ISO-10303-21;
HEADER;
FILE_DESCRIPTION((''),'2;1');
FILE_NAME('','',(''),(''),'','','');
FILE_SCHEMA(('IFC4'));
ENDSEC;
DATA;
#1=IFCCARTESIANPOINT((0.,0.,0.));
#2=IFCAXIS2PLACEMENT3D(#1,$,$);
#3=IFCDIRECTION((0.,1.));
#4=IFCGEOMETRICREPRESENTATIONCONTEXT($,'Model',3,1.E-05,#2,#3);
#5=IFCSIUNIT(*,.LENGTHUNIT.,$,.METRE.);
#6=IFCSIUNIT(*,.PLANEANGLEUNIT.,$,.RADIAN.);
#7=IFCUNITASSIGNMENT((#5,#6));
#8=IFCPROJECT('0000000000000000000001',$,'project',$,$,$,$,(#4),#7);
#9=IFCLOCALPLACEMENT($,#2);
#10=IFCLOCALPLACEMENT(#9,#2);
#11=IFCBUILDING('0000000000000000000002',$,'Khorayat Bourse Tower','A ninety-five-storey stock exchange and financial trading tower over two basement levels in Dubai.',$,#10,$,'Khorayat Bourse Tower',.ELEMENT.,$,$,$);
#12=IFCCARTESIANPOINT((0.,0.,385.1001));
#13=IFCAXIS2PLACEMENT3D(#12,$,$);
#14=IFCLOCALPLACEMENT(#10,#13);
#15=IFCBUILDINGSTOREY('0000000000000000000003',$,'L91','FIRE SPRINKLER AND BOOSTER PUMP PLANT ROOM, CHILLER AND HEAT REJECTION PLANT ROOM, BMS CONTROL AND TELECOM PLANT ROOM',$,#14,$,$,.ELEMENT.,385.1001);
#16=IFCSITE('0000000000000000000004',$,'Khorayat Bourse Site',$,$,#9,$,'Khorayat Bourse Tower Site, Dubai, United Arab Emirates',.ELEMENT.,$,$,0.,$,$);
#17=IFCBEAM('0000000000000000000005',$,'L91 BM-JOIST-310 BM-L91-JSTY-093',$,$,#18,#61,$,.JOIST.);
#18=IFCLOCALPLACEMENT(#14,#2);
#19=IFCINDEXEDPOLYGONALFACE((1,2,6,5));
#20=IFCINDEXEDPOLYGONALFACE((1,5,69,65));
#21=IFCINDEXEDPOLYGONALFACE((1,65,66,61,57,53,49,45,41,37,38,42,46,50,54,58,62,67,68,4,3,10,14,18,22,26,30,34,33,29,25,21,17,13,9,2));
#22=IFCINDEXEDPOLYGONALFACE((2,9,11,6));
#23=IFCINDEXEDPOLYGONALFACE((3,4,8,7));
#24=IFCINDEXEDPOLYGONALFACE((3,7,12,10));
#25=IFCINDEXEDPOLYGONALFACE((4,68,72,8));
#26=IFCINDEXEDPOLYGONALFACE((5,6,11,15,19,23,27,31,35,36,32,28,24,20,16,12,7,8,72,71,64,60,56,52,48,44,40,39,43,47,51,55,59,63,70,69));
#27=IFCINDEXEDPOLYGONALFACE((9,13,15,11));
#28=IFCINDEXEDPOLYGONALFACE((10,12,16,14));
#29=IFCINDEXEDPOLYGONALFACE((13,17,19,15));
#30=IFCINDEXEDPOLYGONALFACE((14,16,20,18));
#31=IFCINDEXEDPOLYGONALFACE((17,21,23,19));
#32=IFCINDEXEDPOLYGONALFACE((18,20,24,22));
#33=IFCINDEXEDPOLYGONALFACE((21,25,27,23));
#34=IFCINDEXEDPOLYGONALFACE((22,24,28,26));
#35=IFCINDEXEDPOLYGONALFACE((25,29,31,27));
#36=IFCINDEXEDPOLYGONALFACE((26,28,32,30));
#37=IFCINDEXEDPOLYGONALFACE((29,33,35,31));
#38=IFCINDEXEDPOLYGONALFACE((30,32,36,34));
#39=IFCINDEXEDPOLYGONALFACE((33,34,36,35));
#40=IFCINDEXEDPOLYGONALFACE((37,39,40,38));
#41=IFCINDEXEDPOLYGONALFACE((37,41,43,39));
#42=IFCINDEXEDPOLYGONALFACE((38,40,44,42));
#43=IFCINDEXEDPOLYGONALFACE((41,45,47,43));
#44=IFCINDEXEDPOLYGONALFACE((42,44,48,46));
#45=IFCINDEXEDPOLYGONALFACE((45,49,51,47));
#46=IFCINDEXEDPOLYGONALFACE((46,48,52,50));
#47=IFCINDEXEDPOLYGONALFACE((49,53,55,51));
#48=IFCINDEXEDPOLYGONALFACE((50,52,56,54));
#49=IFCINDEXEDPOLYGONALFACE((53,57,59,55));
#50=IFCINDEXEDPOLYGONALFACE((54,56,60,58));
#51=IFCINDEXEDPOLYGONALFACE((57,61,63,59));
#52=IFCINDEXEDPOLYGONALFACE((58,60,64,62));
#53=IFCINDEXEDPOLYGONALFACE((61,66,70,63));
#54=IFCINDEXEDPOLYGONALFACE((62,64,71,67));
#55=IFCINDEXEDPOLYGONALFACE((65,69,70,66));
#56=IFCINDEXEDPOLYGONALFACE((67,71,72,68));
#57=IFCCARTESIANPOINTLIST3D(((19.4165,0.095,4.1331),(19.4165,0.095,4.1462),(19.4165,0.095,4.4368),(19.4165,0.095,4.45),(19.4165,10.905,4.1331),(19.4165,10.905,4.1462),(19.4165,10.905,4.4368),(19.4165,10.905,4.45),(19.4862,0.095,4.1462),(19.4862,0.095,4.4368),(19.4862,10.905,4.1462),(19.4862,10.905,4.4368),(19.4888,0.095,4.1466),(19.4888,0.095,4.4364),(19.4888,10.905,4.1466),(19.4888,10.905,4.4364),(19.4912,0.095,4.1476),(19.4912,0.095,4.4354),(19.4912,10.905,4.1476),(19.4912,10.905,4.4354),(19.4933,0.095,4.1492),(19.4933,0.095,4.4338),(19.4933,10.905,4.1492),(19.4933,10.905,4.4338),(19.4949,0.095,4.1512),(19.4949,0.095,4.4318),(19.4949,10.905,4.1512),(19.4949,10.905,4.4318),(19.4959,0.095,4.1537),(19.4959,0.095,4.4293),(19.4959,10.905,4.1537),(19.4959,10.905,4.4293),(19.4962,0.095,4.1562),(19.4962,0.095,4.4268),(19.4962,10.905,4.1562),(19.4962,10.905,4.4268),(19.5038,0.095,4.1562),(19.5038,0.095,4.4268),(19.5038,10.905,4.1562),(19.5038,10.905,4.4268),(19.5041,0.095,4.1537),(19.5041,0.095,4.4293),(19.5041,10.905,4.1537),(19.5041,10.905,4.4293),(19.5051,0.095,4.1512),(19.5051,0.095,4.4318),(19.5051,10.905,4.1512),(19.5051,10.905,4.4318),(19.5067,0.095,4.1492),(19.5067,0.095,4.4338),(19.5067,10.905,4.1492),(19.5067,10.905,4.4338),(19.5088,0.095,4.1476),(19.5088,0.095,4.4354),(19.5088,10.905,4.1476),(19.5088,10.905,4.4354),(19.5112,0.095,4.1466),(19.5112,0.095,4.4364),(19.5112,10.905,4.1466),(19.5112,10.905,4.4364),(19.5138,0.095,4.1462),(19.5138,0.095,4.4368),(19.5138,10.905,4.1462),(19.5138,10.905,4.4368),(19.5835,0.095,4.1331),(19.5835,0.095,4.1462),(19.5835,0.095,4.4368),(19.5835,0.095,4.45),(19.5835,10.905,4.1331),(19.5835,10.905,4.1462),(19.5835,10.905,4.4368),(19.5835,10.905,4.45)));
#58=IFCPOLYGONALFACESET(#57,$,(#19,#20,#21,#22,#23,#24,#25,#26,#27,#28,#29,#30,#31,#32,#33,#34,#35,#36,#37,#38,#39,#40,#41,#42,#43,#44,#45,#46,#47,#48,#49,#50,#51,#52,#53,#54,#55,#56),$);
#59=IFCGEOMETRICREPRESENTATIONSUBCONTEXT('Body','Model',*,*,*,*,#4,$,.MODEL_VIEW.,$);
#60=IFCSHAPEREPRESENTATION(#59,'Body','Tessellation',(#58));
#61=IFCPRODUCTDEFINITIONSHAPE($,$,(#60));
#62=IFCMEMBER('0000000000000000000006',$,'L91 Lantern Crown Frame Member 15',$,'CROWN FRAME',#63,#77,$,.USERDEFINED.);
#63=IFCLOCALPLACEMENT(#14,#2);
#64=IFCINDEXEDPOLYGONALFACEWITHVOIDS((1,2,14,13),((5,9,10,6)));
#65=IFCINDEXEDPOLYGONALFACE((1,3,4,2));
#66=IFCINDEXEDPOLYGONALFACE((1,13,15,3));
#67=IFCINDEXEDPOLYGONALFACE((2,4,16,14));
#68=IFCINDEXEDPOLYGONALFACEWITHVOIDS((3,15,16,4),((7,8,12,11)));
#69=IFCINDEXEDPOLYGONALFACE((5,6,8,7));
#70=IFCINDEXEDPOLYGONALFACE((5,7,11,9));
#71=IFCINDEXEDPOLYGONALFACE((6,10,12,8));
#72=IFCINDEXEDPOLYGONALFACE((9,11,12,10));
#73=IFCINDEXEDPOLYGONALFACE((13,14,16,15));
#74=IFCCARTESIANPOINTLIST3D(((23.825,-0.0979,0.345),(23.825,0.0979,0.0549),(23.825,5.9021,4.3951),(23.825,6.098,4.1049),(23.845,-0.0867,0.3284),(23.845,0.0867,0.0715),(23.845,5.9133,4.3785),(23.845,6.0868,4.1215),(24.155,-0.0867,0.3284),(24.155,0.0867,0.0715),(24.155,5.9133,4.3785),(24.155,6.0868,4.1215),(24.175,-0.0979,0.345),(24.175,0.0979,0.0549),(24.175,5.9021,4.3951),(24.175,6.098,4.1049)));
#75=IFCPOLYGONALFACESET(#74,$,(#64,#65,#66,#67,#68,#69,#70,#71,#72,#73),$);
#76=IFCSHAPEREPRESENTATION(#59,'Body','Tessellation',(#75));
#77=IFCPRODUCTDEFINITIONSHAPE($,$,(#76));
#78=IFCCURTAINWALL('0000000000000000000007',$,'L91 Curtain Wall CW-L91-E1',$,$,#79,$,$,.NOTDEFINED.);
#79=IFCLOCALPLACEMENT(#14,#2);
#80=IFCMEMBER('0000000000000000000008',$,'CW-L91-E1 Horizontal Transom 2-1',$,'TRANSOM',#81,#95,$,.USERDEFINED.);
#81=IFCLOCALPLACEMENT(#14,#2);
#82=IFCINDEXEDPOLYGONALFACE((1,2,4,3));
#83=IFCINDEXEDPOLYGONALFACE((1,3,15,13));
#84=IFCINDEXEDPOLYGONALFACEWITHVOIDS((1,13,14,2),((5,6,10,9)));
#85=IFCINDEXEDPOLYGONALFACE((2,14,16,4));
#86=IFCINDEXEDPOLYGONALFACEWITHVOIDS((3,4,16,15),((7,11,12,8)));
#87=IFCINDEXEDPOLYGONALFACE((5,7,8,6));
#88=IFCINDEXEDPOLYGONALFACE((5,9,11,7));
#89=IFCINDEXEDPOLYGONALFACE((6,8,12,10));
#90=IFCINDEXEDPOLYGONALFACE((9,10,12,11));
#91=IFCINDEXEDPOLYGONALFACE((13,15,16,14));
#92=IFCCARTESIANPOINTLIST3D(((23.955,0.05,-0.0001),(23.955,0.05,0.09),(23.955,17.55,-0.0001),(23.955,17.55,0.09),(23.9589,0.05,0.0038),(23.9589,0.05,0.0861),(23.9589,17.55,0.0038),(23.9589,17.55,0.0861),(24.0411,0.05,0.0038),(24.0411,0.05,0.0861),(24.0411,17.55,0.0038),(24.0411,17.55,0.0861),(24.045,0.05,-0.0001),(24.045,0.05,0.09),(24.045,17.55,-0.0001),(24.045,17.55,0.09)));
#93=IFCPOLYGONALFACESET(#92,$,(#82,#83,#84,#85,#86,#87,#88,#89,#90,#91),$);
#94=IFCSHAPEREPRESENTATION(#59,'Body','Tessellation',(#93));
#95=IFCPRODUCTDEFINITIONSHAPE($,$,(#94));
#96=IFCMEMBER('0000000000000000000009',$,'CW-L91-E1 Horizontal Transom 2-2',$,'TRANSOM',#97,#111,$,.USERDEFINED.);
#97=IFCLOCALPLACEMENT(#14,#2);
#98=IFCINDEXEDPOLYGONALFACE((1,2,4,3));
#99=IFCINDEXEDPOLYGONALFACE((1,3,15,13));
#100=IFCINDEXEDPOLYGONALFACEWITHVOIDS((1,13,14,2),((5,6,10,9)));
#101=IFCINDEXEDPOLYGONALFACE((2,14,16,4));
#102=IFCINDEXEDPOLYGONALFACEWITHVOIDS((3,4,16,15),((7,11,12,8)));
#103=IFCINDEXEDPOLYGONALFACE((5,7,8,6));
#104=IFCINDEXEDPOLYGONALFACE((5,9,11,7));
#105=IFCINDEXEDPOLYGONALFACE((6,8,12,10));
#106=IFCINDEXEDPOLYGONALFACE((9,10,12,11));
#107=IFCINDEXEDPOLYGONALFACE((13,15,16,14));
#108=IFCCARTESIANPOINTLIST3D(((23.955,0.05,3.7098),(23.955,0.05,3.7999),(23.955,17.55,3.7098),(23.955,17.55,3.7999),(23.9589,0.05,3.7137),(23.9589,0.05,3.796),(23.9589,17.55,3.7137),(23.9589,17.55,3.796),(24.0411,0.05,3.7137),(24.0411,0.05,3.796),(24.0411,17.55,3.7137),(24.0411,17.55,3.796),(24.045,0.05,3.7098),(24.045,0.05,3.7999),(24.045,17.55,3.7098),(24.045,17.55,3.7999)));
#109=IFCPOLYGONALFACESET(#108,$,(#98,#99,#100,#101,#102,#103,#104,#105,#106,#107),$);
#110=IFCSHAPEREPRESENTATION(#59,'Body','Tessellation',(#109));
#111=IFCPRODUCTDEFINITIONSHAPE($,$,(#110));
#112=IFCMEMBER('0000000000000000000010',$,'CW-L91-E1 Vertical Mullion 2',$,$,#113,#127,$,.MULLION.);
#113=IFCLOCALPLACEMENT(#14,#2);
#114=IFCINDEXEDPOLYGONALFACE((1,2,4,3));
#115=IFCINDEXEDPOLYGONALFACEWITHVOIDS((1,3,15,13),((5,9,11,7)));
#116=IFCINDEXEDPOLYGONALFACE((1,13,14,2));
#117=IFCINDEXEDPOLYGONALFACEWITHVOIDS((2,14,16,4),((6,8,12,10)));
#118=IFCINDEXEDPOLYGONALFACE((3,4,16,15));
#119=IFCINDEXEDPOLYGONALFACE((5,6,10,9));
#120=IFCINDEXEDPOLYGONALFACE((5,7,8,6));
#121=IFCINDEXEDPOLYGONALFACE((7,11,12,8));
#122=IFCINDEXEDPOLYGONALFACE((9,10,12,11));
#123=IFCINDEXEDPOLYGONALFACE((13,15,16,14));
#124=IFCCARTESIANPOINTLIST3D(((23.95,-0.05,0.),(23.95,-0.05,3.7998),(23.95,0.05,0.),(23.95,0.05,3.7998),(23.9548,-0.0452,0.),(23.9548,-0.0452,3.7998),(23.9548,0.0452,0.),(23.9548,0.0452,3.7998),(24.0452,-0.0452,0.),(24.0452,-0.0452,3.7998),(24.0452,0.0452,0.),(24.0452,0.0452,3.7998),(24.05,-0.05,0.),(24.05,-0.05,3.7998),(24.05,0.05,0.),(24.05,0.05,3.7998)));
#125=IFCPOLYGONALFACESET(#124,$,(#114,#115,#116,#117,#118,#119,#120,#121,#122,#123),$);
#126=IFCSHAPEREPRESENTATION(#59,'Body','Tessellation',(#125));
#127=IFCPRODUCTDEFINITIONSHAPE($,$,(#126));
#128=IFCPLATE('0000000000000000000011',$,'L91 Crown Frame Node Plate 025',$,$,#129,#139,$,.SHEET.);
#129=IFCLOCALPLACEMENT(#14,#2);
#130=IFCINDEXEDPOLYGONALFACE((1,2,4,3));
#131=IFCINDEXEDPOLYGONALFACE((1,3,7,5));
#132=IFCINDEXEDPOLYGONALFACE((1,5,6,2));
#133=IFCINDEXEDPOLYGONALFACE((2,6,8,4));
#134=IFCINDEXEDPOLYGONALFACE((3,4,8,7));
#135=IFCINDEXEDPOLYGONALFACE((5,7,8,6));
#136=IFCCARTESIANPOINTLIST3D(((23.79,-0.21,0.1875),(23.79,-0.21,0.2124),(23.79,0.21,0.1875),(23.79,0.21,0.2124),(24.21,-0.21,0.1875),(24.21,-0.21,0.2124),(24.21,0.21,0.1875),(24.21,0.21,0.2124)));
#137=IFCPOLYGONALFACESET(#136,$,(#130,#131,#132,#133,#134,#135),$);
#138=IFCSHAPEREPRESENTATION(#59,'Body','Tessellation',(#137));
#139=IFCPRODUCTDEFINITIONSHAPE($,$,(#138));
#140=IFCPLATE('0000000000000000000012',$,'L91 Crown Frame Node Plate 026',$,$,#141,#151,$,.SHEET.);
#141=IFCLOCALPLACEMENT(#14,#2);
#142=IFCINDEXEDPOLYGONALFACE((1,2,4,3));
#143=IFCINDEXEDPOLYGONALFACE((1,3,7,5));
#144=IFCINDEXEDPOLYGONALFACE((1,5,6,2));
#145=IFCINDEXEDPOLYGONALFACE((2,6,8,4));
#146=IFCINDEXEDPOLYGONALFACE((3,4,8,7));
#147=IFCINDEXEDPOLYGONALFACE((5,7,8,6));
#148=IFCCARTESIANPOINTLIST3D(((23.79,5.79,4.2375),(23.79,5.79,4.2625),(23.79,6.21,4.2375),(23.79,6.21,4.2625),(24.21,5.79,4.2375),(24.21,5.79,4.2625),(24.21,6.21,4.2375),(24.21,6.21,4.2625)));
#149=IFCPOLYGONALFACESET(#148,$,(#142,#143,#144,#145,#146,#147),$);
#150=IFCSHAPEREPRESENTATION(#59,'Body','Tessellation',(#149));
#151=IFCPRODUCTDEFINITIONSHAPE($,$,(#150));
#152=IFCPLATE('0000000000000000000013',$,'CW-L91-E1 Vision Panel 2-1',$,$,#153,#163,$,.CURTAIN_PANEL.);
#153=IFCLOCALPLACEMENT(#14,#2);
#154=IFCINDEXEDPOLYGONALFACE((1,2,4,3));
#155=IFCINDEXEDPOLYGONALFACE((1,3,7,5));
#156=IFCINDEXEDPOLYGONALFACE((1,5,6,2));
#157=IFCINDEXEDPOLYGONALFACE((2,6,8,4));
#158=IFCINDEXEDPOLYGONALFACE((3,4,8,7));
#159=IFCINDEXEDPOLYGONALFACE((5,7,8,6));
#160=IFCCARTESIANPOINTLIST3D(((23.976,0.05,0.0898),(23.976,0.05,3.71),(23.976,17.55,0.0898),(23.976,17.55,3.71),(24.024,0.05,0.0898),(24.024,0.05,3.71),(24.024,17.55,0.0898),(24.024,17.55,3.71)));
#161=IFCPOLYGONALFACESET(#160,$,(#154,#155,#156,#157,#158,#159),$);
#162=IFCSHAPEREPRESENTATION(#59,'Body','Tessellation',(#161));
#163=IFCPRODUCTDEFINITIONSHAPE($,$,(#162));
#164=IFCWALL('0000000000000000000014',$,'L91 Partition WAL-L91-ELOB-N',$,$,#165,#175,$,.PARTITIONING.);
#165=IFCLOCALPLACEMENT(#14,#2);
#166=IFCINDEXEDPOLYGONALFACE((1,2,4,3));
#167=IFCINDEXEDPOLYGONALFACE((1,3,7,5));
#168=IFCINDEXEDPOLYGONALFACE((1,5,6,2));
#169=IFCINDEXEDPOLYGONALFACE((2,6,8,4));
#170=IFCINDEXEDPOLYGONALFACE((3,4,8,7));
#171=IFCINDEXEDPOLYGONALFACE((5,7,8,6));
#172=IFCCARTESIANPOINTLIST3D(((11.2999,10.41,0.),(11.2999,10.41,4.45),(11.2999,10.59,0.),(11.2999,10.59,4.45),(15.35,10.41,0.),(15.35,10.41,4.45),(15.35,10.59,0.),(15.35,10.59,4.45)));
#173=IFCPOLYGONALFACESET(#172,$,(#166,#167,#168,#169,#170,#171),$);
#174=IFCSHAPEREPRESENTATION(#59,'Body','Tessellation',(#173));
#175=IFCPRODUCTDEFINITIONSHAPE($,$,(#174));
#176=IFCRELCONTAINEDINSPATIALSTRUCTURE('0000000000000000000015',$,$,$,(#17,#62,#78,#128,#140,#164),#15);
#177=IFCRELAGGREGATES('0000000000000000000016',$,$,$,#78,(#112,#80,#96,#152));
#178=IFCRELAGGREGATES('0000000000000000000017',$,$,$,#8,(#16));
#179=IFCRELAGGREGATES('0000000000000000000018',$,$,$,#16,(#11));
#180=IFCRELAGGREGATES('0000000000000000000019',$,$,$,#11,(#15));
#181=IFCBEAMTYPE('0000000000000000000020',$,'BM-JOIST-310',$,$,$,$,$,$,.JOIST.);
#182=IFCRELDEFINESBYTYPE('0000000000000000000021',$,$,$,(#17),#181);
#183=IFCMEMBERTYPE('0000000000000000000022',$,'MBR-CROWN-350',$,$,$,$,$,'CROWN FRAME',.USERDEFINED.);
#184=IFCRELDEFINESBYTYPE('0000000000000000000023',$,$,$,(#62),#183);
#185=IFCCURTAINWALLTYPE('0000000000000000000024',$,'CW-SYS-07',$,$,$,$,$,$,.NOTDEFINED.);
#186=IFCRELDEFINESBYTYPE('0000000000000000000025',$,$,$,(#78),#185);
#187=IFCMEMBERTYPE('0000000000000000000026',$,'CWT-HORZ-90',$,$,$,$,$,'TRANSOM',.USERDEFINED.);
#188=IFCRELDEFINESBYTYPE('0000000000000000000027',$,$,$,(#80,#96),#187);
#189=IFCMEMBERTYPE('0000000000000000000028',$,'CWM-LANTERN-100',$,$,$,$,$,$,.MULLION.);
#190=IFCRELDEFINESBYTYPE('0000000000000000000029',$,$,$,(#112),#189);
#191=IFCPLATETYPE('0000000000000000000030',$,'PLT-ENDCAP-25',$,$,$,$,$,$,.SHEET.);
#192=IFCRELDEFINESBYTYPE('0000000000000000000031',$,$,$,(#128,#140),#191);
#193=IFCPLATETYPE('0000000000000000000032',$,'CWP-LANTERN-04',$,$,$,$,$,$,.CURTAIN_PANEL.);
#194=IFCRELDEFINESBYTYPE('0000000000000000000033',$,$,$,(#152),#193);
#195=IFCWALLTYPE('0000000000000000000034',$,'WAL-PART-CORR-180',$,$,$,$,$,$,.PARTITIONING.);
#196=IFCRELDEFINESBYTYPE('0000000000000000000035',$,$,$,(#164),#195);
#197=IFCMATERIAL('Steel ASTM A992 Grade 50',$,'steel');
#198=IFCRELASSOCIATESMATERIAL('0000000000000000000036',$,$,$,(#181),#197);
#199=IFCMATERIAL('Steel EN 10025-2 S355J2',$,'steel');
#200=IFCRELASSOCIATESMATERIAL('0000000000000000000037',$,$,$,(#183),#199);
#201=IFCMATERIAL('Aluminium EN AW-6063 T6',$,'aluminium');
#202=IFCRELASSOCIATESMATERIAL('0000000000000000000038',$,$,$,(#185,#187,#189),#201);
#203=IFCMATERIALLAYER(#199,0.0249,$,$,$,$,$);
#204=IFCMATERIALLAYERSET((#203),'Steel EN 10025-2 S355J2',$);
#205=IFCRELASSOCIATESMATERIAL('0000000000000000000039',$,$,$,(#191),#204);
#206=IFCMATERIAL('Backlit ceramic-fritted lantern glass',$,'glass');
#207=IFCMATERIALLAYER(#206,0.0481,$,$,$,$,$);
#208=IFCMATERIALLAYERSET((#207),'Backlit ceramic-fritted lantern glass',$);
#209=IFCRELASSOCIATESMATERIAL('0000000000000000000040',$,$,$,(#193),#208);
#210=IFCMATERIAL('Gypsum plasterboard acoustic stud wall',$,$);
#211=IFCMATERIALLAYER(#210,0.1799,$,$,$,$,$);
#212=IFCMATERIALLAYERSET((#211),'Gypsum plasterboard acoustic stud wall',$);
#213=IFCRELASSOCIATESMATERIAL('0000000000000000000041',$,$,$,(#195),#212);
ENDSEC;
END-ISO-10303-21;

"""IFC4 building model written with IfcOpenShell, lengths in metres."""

from ifc_helpers import new_model, si_unit, direction, frame, frame_2d, origin, origin_2d, place, context, subcontext, project, spatial, rectangle, hollow_rectangle, i_section, extrude, source, transform, mapped, material, layer, layer_set, material_profile, profile_set, type_object, element, aggregate, save


model = new_model("IFC4")

# Units and contexts
model_context = context("Model", 3, precision=1e-05, world=origin(), true_north=direction((0.0, 1.0)))
body_context = subcontext(model_context, "Body", "Model", "MODEL_VIEW")
ifc_project = project(units=[si_unit("LENGTHUNIT", "METRE"), si_unit("PLANEANGLEUNIT", "RADIAN")], contexts=[model_context])

# Site, building, storey
site_placement = place(None, origin())
site = spatial("IfcSite", under=ifc_project, at=site_placement, Name="Khorayat Bourse Site", LongName="Khorayat Bourse Tower Site, Dubai, United Arab Emirates", CompositionType="ELEMENT", RefElevation=0.0)
building_placement = place(site_placement, origin())
building = spatial("IfcBuilding", under=site, at=building_placement, Name="Khorayat Bourse Tower", Description="A ninety-five-storey stock exchange and financial trading tower over two basement levels in Dubai.", LongName="Khorayat Bourse Tower", CompositionType="ELEMENT")
storey_placement = place(building_placement, frame((0.0, 0.0, 385.1001)))
storey = spatial("IfcBuildingStorey", under=building, at=storey_placement, Name="L91", Description="FIRE SPRINKLER AND BOOSTER PUMP PLANT ROOM, CHILLER AND HEAT REJECTION PLANT ROOM, BMS CONTROL AND TELECOM PLANT ROOM", CompositionType="ELEMENT", Elevation=385.1001)

# Shared definitions
ifc_material_1 = material(Name="Steel EN 10025-2 S355J2", Category="steel")

# Beam
ifc_material_2 = material(Name="Steel ASTM A992 Grade 50", Category="steel")
ifc_material_profile_1 = material_profile(ifc_material_2, i_section(OverallWidth=0.167, OverallDepth=0.3169, WebThickness=0.0076, FlangeThickness=0.0132, FilletRadius=0.01, at=origin_2d()), Name="W310X52")
ifc_profile_set_1 = profile_set([ifc_material_profile_1], Name="Steel ASTM A992 Grade 50")
beam_type_1 = type_object("IfcBeamType", Name="BM-JOIST-310", PredefinedType="JOIST", material=ifc_profile_set_1)
shared_shape_1 = source(origin(), body_context, "Body", "SweptSolid", [
    extrude(i_section(OverallWidth=0.167, OverallDepth=0.3169, WebThickness=0.0076, FlangeThickness=0.0132, FilletRadius=0.01, at=origin_2d()), origin(), (0.0, 0.0, 1.0), 10.8101),
])
beam_1_placement = place(storey_placement, frame((19.5, 0.095, 4.2915), z_axis=(0.0, 1.0, 0.0), x_axis=(-1.0, 0.0, 0.0)))
element("IfcBeam", 1, at=beam_1_placement, inside=storey, type_object=beam_type_1, Name="L91 BM-JOIST-310 BM-L91-JSTY-093", PredefinedType="JOIST", context=body_context, shape_type="MappedRepresentation", body=[
    mapped(shared_shape_1, transform((0.0, 0.0, 0.0), scale=1.0)),
])

# Member
ifc_material_profile_2 = material_profile(ifc_material_1, hollow_rectangle(XDim=0.3501, YDim=0.3501, WallThickness=0.02, at=origin_2d()), Name="HSS 350x350x20")
ifc_profile_set_2 = profile_set([ifc_material_profile_2], Name="Steel EN 10025-2 S355J2")
member_type_1 = type_object("IfcMemberType", Name="MBR-CROWN-350", ElementType="CROWN FRAME", PredefinedType="USERDEFINED", material=ifc_profile_set_2)
shared_shape_2 = source(origin(), body_context, "Body", "SweptSolid", [
    extrude(hollow_rectangle(XDim=0.3501, YDim=0.3501, WallThickness=0.02, at=origin_2d()), origin(), (0.0, 0.0, 1.0), 7.239),
])
member_1_placement = place(storey_placement, frame((24.0, 0.0, 0.2), z_axis=(0.0, 0.828846, 0.559477), x_axis=(-1.0, 0.0, 0.0)))
element("IfcMember", 2, at=member_1_placement, inside=storey, type_object=member_type_1, Name="L91 Lantern Crown Frame Member 15", ObjectType="CROWN FRAME", PredefinedType="USERDEFINED", context=body_context, shape_type="MappedRepresentation", body=[
    mapped(shared_shape_2, transform((0.0, 0.0, 0.0), scale=1.0)),
])

# Curtain wall, members
ifc_material_3 = material(Name="Aluminium EN AW-6063 T6", Category="aluminium")
curtain_wall_type = type_object("IfcCurtainWallType", Name="CW-SYS-07", PredefinedType="NOTDEFINED", material=ifc_material_3)
curtain_wall_placement = place(storey_placement, origin())
curtain_wall = element("IfcCurtainWall", 3, at=curtain_wall_placement, inside=storey, type_object=curtain_wall_type, Name="L91 Curtain Wall CW-L91-E1", PredefinedType="NOTDEFINED")
ifc_material_profile_3 = material_profile(ifc_material_3, hollow_rectangle(XDim=0.0901, YDim=0.0901, WallThickness=0.0039, at=origin_2d()), Name="ALU 90x90x4")
ifc_profile_set_3 = profile_set([ifc_material_profile_3], Name="Aluminium EN AW-6063 T6")
member_type_2 = type_object("IfcMemberType", Name="CWT-HORZ-90", ElementType="TRANSOM", PredefinedType="USERDEFINED", material=ifc_profile_set_3)
shared_shape_3 = source(origin(), body_context, "Body", "SweptSolid", [
    extrude(hollow_rectangle(XDim=0.0901, YDim=0.0901, WallThickness=0.0039, at=origin_2d()), origin(), (0.0, 0.0, 1.0), 17.5),
])
member_2_placement = place(storey_placement, frame((24.0, 0.05, 0.0449), z_axis=(0.0, 1.0, 0.0), x_axis=(-1.0, 0.0, 0.0)))
member_2 = element("IfcMember", 4, at=member_2_placement, type_object=member_type_2, Name="CW-L91-E1 Horizontal Transom 2-1", ObjectType="TRANSOM", PredefinedType="USERDEFINED", context=body_context, shape_type="MappedRepresentation", body=[
    mapped(shared_shape_3, transform((0.0, 0.0, 0.0), scale=1.0)),
])
member_3_placement = place(storey_placement, frame((24.0, 0.05, 3.7549), z_axis=(0.0, 1.0, 0.0), x_axis=(-1.0, 0.0, 0.0)))
member_3 = element("IfcMember", 5, at=member_3_placement, type_object=member_type_2, Name="CW-L91-E1 Horizontal Transom 2-2", ObjectType="TRANSOM", PredefinedType="USERDEFINED", context=body_context, shape_type="MappedRepresentation", body=[
    mapped(shared_shape_3, transform((0.0, 0.0, 0.0), scale=1.0)),
])
ifc_material_profile_4 = material_profile(ifc_material_3, hollow_rectangle(XDim=0.1001, YDim=0.1001, WallThickness=0.0049, at=origin_2d()), Name="ALU 100x100x5")
ifc_profile_set_4 = profile_set([ifc_material_profile_4], Name="Aluminium EN AW-6063 T6")
member_type_3 = type_object("IfcMemberType", Name="CWM-LANTERN-100", PredefinedType="MULLION", material=ifc_profile_set_4)
shared_shape_4 = source(origin(), body_context, "Body", "SweptSolid", [
    extrude(hollow_rectangle(XDim=0.1001, YDim=0.1001, WallThickness=0.0049, at=origin_2d()), origin(), (0.0, 0.0, 1.0), 3.7998),
])
member_4_placement = place(storey_placement, frame((24.0, 0.0, 0.0), z_axis=(0.0, 0.0, 1.0), x_axis=(-1.0, 0.0, 0.0)))
member_4 = element("IfcMember", 6, at=member_4_placement, type_object=member_type_3, Name="CW-L91-E1 Vertical Mullion 2", PredefinedType="MULLION", context=body_context, shape_type="MappedRepresentation", body=[
    mapped(shared_shape_4, transform((0.0, 0.0, 0.0), scale=1.0)),
])

# Plates
ifc_layer_1 = layer(ifc_material_1, 0.0249)
ifc_layer_set_1 = layer_set([ifc_layer_1], Name="Steel EN 10025-2 S355J2")
plate_type_1 = type_object("IfcPlateType", Name="PLT-ENDCAP-25", PredefinedType="SHEET", material=ifc_layer_set_1)
shared_shape_5 = source(origin(), body_context, "Body", "SweptSolid", [
    extrude(rectangle(XDim=0.4199, YDim=0.4199, at=origin_2d()), origin(), (0.0, 0.0, 1.0), 0.0249),
])
for number, where, z_axis, x_axis, name in (
    (7, (24.0, 0.0, 0.1875), (0.0, 0.0, 1.0), (1.0, 0.0, 0.0), "L91 Crown Frame Node Plate 025"),
    (8, (24.0, 6.0, 4.2375), (0.0, 0.0, 1.0), (1.0, 0.0, 0.0), "L91 Crown Frame Node Plate 026"),
):
    element("IfcPlate", number, at=place(storey_placement, frame(where, z_axis=z_axis, x_axis=x_axis)), inside=storey, type_object=plate_type_1, Name=name, PredefinedType="SHEET", context=body_context, shape_type="MappedRepresentation", body=[
        mapped(shared_shape_5, transform((0.0, 0.0, 0.0), scale=1.0)),
    ])

# Plate
ifc_material_4 = material(Name="Backlit ceramic-fritted lantern glass", Category="glass")
ifc_layer_2 = layer(ifc_material_4, 0.0481)
ifc_layer_set_2 = layer_set([ifc_layer_2], Name="Backlit ceramic-fritted lantern glass")
plate_type_2 = type_object("IfcPlateType", Name="CWP-LANTERN-04", PredefinedType="CURTAIN_PANEL", material=ifc_layer_set_2)
shared_shape_6 = source(origin(), body_context, "Body", "SweptSolid", [
    extrude(rectangle(XDim=17.5, YDim=0.0481, at=origin_2d()), origin(), (0.0, 0.0, 1.0), 3.6201),
])
plate_placement = place(storey_placement, frame((24.0, 8.8, 0.0898), z_axis=(0.0, 0.0, 1.0), x_axis=(0.0, 1.0, 0.0)))
plate = element("IfcPlate", 9, at=plate_placement, type_object=plate_type_2, Name="CW-L91-E1 Vision Panel 2-1", PredefinedType="CURTAIN_PANEL", context=body_context, shape_type="MappedRepresentation", body=[
    mapped(shared_shape_6, transform((0.0, 0.0, 0.0), scale=1.0)),
])
aggregate(curtain_wall, [member_4, member_2, member_3, plate])

# Wall
ifc_material_5 = material(Name="Gypsum plasterboard acoustic stud wall")
ifc_layer_3 = layer(ifc_material_5, 0.1799)
ifc_layer_set_3 = layer_set([ifc_layer_3], Name="Gypsum plasterboard acoustic stud wall")
wall_type_1 = type_object("IfcWallType", Name="WAL-PART-CORR-180", PredefinedType="PARTITIONING", material=ifc_layer_set_3)
shared_shape_7 = source(origin(), body_context, "Body", "SweptSolid", [
    extrude(rectangle(XDim=4.05, YDim=0.1799, at=frame_2d((2.0249, 0.0))), origin(), (0.0, 0.0, 1.0), 4.45),
])
wall_1_placement = place(storey_placement, frame((11.3, 10.5, 0.0), z_axis=(0.0, 0.0, 1.0), x_axis=(1.0, 0.0, 0.0)))
element("IfcWall", 10, at=wall_1_placement, inside=storey, type_object=wall_type_1, Name="L91 Partition WAL-L91-ELOB-N", PredefinedType="PARTITIONING", context=body_context, shape_type="MappedRepresentation", body=[
    mapped(shared_shape_7, transform((0.0, 0.0, 0.0), scale=1.0)),
])

save(model, "model.ifc")
